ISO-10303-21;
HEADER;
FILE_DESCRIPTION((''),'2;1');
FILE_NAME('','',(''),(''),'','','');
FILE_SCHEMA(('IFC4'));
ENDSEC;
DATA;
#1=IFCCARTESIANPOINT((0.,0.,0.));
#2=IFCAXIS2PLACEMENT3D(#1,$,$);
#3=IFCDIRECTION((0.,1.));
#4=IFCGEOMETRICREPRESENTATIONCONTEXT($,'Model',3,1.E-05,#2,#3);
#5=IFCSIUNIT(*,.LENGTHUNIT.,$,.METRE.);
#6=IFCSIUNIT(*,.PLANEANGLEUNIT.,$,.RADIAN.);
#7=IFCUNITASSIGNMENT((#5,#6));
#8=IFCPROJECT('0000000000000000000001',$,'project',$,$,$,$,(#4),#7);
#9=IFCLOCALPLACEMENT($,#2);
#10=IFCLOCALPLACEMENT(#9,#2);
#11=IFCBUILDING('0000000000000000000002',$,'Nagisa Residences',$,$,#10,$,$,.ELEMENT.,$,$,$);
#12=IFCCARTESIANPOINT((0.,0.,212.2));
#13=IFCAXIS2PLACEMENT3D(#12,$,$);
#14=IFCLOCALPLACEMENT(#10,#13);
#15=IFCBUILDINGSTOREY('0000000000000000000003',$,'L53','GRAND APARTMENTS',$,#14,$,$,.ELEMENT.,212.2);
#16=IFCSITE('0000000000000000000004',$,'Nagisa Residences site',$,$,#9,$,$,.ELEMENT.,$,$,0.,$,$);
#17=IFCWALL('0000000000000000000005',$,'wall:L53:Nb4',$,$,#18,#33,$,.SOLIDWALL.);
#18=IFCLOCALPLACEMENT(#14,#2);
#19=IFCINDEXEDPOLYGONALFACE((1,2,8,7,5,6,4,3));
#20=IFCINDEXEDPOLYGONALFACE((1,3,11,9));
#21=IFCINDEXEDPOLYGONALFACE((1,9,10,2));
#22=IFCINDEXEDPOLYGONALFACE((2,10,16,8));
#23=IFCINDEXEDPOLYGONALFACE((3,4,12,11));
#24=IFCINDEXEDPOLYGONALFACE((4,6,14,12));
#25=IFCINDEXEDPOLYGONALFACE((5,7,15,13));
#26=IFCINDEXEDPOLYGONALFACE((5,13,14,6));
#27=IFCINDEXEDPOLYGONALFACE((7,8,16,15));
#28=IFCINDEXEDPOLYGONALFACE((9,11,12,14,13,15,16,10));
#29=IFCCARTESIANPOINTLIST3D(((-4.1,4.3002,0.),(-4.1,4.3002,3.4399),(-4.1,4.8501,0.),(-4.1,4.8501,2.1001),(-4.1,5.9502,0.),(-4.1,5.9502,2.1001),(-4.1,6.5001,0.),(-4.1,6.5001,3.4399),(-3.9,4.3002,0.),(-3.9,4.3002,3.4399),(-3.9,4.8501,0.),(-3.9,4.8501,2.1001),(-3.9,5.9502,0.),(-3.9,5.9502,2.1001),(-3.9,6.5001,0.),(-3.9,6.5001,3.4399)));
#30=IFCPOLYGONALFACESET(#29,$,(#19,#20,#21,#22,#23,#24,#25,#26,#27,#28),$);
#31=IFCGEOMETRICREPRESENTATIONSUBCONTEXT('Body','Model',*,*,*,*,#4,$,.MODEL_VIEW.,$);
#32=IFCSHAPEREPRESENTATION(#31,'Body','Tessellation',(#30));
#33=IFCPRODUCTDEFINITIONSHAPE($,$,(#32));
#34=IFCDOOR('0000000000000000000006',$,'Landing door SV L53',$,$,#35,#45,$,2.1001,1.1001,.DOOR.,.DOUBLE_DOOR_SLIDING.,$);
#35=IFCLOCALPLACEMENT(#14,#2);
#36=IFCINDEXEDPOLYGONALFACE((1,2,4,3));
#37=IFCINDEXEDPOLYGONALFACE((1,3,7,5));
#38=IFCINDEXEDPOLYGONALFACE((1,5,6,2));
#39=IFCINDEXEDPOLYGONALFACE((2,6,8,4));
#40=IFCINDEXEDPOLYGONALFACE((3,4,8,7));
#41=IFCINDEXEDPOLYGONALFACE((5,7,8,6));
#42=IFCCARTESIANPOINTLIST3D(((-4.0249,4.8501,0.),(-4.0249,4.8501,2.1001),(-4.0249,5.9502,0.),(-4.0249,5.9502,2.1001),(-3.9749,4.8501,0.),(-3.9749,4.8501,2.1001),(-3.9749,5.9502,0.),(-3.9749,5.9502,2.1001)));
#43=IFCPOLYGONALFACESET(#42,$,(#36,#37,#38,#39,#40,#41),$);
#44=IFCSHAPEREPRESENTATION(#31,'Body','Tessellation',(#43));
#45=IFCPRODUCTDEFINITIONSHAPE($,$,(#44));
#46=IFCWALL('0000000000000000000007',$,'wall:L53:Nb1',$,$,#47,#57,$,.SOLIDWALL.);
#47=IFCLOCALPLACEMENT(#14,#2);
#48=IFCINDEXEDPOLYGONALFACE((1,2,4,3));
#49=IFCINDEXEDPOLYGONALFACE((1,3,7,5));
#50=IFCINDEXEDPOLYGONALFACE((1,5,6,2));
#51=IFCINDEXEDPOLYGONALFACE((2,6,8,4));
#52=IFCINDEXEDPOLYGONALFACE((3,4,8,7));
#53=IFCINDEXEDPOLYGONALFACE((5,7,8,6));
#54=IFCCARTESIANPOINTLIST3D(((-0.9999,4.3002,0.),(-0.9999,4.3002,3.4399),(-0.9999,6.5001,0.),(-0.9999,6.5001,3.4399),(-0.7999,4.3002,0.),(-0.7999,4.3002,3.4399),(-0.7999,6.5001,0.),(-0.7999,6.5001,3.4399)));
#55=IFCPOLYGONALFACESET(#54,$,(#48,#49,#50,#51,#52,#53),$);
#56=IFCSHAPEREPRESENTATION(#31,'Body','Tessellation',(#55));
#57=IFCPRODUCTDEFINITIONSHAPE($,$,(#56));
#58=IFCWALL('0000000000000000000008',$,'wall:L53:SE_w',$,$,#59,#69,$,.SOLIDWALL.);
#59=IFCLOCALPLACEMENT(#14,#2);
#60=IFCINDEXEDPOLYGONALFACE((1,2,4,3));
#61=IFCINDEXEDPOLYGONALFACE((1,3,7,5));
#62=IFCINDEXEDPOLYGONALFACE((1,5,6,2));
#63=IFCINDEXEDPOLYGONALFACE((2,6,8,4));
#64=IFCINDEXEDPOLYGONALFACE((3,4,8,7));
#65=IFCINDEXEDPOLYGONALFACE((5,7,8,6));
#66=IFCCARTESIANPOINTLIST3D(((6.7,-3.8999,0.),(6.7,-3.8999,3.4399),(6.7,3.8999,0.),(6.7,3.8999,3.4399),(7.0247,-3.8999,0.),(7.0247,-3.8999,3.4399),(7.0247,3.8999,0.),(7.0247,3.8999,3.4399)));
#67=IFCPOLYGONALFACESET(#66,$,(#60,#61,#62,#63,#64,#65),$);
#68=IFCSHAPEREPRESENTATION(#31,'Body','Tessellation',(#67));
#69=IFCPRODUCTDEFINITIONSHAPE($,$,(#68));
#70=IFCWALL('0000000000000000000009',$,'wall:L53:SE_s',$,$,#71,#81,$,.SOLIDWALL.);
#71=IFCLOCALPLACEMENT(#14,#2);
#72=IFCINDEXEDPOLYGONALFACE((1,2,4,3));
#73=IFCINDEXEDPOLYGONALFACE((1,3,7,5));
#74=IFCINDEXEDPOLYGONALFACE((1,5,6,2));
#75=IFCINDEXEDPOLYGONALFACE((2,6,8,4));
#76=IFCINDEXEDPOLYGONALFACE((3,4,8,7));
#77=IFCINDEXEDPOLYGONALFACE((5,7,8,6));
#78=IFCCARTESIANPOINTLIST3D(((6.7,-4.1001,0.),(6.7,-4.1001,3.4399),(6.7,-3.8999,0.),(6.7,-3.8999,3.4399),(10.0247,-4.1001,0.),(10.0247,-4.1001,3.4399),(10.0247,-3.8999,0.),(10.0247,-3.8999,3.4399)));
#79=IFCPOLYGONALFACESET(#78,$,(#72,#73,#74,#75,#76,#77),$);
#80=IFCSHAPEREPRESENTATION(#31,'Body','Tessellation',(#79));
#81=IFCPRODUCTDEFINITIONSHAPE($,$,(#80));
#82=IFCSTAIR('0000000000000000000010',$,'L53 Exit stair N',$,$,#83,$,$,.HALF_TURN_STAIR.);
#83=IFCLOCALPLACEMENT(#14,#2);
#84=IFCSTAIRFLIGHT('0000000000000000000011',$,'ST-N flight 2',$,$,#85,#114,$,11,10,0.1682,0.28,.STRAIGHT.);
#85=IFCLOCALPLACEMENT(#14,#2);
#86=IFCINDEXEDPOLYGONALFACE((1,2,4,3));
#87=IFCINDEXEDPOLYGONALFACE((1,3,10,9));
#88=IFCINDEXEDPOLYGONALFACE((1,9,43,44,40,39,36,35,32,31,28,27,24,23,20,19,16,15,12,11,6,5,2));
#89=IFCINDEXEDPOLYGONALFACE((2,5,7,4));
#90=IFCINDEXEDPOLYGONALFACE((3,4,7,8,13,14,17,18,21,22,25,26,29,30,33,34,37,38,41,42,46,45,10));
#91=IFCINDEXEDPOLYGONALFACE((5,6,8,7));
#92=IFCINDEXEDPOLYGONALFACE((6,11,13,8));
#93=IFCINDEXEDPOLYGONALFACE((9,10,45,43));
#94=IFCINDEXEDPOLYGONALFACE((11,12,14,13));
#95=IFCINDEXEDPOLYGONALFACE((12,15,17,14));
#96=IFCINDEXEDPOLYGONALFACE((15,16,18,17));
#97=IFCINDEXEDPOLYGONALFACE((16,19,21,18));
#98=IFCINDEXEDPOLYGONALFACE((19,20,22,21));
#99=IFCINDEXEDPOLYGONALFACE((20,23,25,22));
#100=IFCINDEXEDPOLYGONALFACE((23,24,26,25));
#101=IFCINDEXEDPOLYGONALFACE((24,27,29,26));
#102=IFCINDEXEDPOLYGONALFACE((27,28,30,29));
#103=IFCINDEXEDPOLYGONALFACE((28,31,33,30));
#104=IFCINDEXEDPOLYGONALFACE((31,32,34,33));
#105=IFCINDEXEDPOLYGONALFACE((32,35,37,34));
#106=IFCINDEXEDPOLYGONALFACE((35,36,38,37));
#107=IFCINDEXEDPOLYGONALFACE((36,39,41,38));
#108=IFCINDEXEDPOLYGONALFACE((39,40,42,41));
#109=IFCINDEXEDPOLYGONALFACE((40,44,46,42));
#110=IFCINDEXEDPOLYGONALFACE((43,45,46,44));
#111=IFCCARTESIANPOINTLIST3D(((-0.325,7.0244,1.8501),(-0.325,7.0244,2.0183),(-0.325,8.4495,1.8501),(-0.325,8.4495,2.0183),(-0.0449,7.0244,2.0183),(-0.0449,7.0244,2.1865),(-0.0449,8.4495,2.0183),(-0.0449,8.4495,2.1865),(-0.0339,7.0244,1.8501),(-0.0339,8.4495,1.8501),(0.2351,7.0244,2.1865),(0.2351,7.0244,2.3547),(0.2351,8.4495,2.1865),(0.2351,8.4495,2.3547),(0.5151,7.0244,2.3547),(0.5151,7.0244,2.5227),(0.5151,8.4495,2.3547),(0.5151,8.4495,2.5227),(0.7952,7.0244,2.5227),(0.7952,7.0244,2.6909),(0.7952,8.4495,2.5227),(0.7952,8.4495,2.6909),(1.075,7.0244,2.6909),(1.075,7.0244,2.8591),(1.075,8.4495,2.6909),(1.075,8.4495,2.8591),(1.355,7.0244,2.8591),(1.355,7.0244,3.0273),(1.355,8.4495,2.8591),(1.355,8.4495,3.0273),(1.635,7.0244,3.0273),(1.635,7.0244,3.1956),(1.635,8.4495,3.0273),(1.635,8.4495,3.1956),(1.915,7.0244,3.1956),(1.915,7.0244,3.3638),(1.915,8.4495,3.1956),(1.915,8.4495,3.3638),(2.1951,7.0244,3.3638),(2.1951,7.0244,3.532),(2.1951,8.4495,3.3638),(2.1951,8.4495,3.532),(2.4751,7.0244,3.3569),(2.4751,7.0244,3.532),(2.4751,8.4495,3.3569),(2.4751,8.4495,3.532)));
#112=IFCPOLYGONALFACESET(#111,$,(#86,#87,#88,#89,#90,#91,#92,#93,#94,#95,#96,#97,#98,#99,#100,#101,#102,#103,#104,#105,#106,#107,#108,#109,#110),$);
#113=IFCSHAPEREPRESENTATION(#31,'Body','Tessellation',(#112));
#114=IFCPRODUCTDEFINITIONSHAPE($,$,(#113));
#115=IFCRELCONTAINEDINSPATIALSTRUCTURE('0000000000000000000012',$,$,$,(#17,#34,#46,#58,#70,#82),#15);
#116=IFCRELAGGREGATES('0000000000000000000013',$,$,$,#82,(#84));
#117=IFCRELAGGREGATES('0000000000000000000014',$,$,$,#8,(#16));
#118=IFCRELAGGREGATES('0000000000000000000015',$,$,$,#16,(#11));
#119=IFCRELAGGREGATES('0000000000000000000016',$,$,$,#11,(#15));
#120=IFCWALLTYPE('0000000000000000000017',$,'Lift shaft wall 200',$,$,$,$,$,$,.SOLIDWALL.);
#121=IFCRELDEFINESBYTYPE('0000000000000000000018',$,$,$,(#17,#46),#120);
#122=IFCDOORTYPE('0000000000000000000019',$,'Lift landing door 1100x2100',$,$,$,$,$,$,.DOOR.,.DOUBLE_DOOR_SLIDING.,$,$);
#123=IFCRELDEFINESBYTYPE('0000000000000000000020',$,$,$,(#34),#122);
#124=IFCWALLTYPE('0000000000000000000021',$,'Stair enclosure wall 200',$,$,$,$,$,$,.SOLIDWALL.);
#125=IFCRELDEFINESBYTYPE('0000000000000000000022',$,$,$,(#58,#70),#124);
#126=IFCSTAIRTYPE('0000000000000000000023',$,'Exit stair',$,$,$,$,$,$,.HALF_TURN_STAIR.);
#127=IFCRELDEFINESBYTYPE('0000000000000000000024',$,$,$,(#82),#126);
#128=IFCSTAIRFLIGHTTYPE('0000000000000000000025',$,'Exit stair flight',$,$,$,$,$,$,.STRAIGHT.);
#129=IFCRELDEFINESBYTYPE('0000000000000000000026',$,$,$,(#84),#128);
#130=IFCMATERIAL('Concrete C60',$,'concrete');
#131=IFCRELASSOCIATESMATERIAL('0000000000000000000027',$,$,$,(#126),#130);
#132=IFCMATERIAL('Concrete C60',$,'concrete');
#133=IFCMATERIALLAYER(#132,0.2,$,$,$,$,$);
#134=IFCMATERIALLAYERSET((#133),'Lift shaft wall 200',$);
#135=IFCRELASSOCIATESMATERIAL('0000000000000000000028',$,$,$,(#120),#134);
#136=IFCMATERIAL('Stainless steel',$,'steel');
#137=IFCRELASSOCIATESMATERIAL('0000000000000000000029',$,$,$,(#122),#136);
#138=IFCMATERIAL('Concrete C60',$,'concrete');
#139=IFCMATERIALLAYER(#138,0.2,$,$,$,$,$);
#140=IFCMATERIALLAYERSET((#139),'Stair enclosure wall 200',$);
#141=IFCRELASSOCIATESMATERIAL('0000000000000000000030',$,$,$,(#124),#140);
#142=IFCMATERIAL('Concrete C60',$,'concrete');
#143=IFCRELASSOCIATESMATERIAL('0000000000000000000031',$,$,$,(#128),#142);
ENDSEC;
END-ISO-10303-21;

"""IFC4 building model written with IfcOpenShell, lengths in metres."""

from ifc_helpers import new_model, si_unit, direction, frame, frame_2d, origin, place, context, subcontext, project, spatial, polyline, rectangle, outline, extrude, material, layer, layer_set, type_object, element, fill, aggregate, save


model = new_model("IFC4")

# Units and contexts
model_context = context("Model", 3, precision=1e-05, world=origin(), true_north=direction((0.0, 1.0)))
body_context = subcontext(model_context, "Body", "Model", "MODEL_VIEW")
ifc_project = project(units=[si_unit("LENGTHUNIT", "METRE"), si_unit("PLANEANGLEUNIT", "RADIAN")], contexts=[model_context])

# Site, building, storey
site_placement = place(None, origin())
site = spatial("IfcSite", under=ifc_project, at=site_placement, Name="Nagisa Residences site", CompositionType="ELEMENT", RefElevation=0.0)
building_placement = place(site_placement, origin())
building = spatial("IfcBuilding", under=site, at=building_placement, Name="Nagisa Residences", CompositionType="ELEMENT")
storey_placement = place(building_placement, frame((0.0, 0.0, 212.2)))
storey = spatial("IfcBuildingStorey", under=building, at=storey_placement, Name="L53", Description="GRAND APARTMENTS", CompositionType="ELEMENT", Elevation=212.2)

# Shared definitions
ifc_material_1 = material(Name="Concrete C60", Category="concrete")
stair_type = type_object("IfcStairType", Name="Exit stair", PredefinedType="HALF_TURN_STAIR", material=ifc_material_1)

# Wall, opening, door
ifc_material_2 = material(Name="Concrete C60", Category="concrete")
ifc_layer_1 = layer(ifc_material_2, 0.2)
ifc_layer_set_1 = layer_set([ifc_layer_1], Name="Lift shaft wall 200")
wall_type_1 = type_object("IfcWallType", Name="Lift shaft wall 200", PredefinedType="SOLIDWALL", material=ifc_layer_set_1)
wall_1_placement = place(storey_placement, frame((-4.0, 4.3, 0.0), z_axis=(0.0, 0.0, 1.0), x_axis=(0.0, 1.0, 0.0)))
wall_1 = element("IfcWall", 1, at=wall_1_placement, inside=storey, type_object=wall_type_1, Name="wall:L53:Nb4", PredefinedType="SOLIDWALL", context=body_context, shape_type="SweptSolid", body=[
    extrude(rectangle(XDim=2.2, YDim=0.2, at=frame_2d((1.1001, 0.0))), origin(), (0.0, 0.0, 1.0), 3.4399),
])
opening_1_placement = place(wall_1_placement, frame((0.55, 0.0, 0.0)))
opening_1 = element("IfcOpeningElement", 2, at=opening_1_placement, cuts=wall_1, PredefinedType="OPENING", context=body_context, shape_type="SweptSolid", body=[
    extrude(rectangle(XDim=1.1001, YDim=2.1001, at=frame_2d((0.55, 1.05))), frame((0.0, 0.1099, 0.0), z_axis=(0.0, -1.0, 0.0), x_axis=(1.0, 0.0, 0.0)), (0.0, 0.0, 1.0), 0.22),
])
ifc_material_3 = material(Name="Stainless steel", Category="steel")
door_type_1 = type_object("IfcDoorType", Name="Lift landing door 1100x2100", OperationType="DOUBLE_DOOR_SLIDING", PredefinedType="DOOR", material=ifc_material_3)
door_1_placement = place(opening_1_placement, origin())
door_1 = element("IfcDoor", 3, at=door_1_placement, inside=storey, type_object=door_type_1, Name="Landing door SV L53", OperationType="DOUBLE_DOOR_SLIDING", OverallHeight=2.1001, OverallWidth=1.1001, PredefinedType="DOOR", context=body_context, shape_type="SweptSolid", body=[
    extrude(rectangle(XDim=1.1001, YDim=2.1001, at=frame_2d((0.55, 1.05))), frame((0.0, 0.0249, 0.0), z_axis=(0.0, -1.0, 0.0), x_axis=(1.0, 0.0, 0.0)), (0.0, 0.0, 1.0), 0.05),
])
fill(opening_1, door_1)

# Walls
wall_2_placement = place(storey_placement, frame((-0.8999, 4.3, 0.0), z_axis=(0.0, 0.0, 1.0), x_axis=(0.0, 1.0, 0.0)))
element("IfcWall", 4, at=wall_2_placement, inside=storey, type_object=wall_type_1, Name="wall:L53:Nb1", PredefinedType="SOLIDWALL", context=body_context, shape_type="SweptSolid", body=[
    extrude(rectangle(XDim=2.2, YDim=0.2, at=frame_2d((1.1001, 0.0))), origin(), (0.0, 0.0, 1.0), 3.4399),
])
ifc_material_4 = material(Name="Concrete C60", Category="concrete")
ifc_layer_2 = layer(ifc_material_4, 0.2)
ifc_layer_set_2 = layer_set([ifc_layer_2], Name="Stair enclosure wall 200")
wall_type_2 = type_object("IfcWallType", Name="Stair enclosure wall 200", PredefinedType="SOLIDWALL", material=ifc_layer_set_2)
wall_3_placement = place(storey_placement, origin())
element("IfcWall", 5, at=wall_3_placement, inside=storey, type_object=wall_type_2, Name="wall:L53:SE_w", PredefinedType="SOLIDWALL", context=body_context, shape_type="SweptSolid", body=[
    extrude(outline(polyline([(7.0247, -3.8999), (6.7, -3.8999), (6.7, 3.8999), (7.0247, 3.8999), (7.0247, -3.8999)])), origin(), (0.0, 0.0, 1.0), 3.4399),
])
wall_4_placement = place(storey_placement, origin())
element("IfcWall", 6, at=wall_4_placement, inside=storey, type_object=wall_type_2, Name="wall:L53:SE_s", PredefinedType="SOLIDWALL", context=body_context, shape_type="SweptSolid", body=[
    extrude(outline(polyline([(10.0247, -4.1001), (6.7, -4.1001), (6.7, -3.8999), (10.0247, -3.8999), (10.0247, -4.1001)])), origin(), (0.0, 0.0, 1.0), 3.4399),
])

# Stair, stair flight
stair_1_placement = place(storey_placement, origin())
stair_1 = element("IfcStair", 7, at=stair_1_placement, inside=storey, type_object=stair_type, Name="L53 Exit stair N", PredefinedType="HALF_TURN_STAIR")
ifc_material_5 = material(Name="Concrete C60", Category="concrete")
stair_flight_type = type_object("IfcStairFlightType", Name="Exit stair flight", PredefinedType="STRAIGHT", material=ifc_material_5)
stair_flight_placement = place(storey_placement, frame((-0.325, 7.7371, 1.8501), z_axis=(0.0, 0.0, 1.0), x_axis=(1.0, 0.0, 0.0)))
stair_flight = element("IfcStairFlight", 8, at=stair_flight_placement, type_object=stair_flight_type, Name="ST-N flight 2", NumberOfRisers=11, NumberOfTreads=10, PredefinedType="STRAIGHT", RiserHeight=0.1682, TreadLength=0.28, context=body_context, shape_type="SweptSolid", body=[
    extrude(outline(polyline([(0.0, 0.0), (0.0, 0.1682), (0.28, 0.1682), (0.28, 0.3364), (0.5601, 0.3364), (0.5601, 0.5046), (0.8401, 0.5046), (0.8401, 0.6726), (1.1201, 0.6726), (1.1201, 0.8408), (1.3999, 0.8408), (1.3999, 1.009), (1.6799, 1.009), (1.6799, 1.1772), (1.96, 1.1772), (1.96, 1.3455), (2.24, 1.3455), (2.24, 1.5137), (2.52, 1.5137), (2.52, 1.6819), (2.8, 1.6819), (2.8, 1.8501), (2.8, 1.5068), (0.291, 0.0), (0.0, 0.0)])), frame((0.0, 0.7124, 0.0), z_axis=(0.0, -1.0, 0.0), x_axis=(1.0, 0.0, 0.0)), (0.0, 0.0, 1.0), 1.425),
])
aggregate(stair_1, [stair_flight])

save(model, "model.ifc")
